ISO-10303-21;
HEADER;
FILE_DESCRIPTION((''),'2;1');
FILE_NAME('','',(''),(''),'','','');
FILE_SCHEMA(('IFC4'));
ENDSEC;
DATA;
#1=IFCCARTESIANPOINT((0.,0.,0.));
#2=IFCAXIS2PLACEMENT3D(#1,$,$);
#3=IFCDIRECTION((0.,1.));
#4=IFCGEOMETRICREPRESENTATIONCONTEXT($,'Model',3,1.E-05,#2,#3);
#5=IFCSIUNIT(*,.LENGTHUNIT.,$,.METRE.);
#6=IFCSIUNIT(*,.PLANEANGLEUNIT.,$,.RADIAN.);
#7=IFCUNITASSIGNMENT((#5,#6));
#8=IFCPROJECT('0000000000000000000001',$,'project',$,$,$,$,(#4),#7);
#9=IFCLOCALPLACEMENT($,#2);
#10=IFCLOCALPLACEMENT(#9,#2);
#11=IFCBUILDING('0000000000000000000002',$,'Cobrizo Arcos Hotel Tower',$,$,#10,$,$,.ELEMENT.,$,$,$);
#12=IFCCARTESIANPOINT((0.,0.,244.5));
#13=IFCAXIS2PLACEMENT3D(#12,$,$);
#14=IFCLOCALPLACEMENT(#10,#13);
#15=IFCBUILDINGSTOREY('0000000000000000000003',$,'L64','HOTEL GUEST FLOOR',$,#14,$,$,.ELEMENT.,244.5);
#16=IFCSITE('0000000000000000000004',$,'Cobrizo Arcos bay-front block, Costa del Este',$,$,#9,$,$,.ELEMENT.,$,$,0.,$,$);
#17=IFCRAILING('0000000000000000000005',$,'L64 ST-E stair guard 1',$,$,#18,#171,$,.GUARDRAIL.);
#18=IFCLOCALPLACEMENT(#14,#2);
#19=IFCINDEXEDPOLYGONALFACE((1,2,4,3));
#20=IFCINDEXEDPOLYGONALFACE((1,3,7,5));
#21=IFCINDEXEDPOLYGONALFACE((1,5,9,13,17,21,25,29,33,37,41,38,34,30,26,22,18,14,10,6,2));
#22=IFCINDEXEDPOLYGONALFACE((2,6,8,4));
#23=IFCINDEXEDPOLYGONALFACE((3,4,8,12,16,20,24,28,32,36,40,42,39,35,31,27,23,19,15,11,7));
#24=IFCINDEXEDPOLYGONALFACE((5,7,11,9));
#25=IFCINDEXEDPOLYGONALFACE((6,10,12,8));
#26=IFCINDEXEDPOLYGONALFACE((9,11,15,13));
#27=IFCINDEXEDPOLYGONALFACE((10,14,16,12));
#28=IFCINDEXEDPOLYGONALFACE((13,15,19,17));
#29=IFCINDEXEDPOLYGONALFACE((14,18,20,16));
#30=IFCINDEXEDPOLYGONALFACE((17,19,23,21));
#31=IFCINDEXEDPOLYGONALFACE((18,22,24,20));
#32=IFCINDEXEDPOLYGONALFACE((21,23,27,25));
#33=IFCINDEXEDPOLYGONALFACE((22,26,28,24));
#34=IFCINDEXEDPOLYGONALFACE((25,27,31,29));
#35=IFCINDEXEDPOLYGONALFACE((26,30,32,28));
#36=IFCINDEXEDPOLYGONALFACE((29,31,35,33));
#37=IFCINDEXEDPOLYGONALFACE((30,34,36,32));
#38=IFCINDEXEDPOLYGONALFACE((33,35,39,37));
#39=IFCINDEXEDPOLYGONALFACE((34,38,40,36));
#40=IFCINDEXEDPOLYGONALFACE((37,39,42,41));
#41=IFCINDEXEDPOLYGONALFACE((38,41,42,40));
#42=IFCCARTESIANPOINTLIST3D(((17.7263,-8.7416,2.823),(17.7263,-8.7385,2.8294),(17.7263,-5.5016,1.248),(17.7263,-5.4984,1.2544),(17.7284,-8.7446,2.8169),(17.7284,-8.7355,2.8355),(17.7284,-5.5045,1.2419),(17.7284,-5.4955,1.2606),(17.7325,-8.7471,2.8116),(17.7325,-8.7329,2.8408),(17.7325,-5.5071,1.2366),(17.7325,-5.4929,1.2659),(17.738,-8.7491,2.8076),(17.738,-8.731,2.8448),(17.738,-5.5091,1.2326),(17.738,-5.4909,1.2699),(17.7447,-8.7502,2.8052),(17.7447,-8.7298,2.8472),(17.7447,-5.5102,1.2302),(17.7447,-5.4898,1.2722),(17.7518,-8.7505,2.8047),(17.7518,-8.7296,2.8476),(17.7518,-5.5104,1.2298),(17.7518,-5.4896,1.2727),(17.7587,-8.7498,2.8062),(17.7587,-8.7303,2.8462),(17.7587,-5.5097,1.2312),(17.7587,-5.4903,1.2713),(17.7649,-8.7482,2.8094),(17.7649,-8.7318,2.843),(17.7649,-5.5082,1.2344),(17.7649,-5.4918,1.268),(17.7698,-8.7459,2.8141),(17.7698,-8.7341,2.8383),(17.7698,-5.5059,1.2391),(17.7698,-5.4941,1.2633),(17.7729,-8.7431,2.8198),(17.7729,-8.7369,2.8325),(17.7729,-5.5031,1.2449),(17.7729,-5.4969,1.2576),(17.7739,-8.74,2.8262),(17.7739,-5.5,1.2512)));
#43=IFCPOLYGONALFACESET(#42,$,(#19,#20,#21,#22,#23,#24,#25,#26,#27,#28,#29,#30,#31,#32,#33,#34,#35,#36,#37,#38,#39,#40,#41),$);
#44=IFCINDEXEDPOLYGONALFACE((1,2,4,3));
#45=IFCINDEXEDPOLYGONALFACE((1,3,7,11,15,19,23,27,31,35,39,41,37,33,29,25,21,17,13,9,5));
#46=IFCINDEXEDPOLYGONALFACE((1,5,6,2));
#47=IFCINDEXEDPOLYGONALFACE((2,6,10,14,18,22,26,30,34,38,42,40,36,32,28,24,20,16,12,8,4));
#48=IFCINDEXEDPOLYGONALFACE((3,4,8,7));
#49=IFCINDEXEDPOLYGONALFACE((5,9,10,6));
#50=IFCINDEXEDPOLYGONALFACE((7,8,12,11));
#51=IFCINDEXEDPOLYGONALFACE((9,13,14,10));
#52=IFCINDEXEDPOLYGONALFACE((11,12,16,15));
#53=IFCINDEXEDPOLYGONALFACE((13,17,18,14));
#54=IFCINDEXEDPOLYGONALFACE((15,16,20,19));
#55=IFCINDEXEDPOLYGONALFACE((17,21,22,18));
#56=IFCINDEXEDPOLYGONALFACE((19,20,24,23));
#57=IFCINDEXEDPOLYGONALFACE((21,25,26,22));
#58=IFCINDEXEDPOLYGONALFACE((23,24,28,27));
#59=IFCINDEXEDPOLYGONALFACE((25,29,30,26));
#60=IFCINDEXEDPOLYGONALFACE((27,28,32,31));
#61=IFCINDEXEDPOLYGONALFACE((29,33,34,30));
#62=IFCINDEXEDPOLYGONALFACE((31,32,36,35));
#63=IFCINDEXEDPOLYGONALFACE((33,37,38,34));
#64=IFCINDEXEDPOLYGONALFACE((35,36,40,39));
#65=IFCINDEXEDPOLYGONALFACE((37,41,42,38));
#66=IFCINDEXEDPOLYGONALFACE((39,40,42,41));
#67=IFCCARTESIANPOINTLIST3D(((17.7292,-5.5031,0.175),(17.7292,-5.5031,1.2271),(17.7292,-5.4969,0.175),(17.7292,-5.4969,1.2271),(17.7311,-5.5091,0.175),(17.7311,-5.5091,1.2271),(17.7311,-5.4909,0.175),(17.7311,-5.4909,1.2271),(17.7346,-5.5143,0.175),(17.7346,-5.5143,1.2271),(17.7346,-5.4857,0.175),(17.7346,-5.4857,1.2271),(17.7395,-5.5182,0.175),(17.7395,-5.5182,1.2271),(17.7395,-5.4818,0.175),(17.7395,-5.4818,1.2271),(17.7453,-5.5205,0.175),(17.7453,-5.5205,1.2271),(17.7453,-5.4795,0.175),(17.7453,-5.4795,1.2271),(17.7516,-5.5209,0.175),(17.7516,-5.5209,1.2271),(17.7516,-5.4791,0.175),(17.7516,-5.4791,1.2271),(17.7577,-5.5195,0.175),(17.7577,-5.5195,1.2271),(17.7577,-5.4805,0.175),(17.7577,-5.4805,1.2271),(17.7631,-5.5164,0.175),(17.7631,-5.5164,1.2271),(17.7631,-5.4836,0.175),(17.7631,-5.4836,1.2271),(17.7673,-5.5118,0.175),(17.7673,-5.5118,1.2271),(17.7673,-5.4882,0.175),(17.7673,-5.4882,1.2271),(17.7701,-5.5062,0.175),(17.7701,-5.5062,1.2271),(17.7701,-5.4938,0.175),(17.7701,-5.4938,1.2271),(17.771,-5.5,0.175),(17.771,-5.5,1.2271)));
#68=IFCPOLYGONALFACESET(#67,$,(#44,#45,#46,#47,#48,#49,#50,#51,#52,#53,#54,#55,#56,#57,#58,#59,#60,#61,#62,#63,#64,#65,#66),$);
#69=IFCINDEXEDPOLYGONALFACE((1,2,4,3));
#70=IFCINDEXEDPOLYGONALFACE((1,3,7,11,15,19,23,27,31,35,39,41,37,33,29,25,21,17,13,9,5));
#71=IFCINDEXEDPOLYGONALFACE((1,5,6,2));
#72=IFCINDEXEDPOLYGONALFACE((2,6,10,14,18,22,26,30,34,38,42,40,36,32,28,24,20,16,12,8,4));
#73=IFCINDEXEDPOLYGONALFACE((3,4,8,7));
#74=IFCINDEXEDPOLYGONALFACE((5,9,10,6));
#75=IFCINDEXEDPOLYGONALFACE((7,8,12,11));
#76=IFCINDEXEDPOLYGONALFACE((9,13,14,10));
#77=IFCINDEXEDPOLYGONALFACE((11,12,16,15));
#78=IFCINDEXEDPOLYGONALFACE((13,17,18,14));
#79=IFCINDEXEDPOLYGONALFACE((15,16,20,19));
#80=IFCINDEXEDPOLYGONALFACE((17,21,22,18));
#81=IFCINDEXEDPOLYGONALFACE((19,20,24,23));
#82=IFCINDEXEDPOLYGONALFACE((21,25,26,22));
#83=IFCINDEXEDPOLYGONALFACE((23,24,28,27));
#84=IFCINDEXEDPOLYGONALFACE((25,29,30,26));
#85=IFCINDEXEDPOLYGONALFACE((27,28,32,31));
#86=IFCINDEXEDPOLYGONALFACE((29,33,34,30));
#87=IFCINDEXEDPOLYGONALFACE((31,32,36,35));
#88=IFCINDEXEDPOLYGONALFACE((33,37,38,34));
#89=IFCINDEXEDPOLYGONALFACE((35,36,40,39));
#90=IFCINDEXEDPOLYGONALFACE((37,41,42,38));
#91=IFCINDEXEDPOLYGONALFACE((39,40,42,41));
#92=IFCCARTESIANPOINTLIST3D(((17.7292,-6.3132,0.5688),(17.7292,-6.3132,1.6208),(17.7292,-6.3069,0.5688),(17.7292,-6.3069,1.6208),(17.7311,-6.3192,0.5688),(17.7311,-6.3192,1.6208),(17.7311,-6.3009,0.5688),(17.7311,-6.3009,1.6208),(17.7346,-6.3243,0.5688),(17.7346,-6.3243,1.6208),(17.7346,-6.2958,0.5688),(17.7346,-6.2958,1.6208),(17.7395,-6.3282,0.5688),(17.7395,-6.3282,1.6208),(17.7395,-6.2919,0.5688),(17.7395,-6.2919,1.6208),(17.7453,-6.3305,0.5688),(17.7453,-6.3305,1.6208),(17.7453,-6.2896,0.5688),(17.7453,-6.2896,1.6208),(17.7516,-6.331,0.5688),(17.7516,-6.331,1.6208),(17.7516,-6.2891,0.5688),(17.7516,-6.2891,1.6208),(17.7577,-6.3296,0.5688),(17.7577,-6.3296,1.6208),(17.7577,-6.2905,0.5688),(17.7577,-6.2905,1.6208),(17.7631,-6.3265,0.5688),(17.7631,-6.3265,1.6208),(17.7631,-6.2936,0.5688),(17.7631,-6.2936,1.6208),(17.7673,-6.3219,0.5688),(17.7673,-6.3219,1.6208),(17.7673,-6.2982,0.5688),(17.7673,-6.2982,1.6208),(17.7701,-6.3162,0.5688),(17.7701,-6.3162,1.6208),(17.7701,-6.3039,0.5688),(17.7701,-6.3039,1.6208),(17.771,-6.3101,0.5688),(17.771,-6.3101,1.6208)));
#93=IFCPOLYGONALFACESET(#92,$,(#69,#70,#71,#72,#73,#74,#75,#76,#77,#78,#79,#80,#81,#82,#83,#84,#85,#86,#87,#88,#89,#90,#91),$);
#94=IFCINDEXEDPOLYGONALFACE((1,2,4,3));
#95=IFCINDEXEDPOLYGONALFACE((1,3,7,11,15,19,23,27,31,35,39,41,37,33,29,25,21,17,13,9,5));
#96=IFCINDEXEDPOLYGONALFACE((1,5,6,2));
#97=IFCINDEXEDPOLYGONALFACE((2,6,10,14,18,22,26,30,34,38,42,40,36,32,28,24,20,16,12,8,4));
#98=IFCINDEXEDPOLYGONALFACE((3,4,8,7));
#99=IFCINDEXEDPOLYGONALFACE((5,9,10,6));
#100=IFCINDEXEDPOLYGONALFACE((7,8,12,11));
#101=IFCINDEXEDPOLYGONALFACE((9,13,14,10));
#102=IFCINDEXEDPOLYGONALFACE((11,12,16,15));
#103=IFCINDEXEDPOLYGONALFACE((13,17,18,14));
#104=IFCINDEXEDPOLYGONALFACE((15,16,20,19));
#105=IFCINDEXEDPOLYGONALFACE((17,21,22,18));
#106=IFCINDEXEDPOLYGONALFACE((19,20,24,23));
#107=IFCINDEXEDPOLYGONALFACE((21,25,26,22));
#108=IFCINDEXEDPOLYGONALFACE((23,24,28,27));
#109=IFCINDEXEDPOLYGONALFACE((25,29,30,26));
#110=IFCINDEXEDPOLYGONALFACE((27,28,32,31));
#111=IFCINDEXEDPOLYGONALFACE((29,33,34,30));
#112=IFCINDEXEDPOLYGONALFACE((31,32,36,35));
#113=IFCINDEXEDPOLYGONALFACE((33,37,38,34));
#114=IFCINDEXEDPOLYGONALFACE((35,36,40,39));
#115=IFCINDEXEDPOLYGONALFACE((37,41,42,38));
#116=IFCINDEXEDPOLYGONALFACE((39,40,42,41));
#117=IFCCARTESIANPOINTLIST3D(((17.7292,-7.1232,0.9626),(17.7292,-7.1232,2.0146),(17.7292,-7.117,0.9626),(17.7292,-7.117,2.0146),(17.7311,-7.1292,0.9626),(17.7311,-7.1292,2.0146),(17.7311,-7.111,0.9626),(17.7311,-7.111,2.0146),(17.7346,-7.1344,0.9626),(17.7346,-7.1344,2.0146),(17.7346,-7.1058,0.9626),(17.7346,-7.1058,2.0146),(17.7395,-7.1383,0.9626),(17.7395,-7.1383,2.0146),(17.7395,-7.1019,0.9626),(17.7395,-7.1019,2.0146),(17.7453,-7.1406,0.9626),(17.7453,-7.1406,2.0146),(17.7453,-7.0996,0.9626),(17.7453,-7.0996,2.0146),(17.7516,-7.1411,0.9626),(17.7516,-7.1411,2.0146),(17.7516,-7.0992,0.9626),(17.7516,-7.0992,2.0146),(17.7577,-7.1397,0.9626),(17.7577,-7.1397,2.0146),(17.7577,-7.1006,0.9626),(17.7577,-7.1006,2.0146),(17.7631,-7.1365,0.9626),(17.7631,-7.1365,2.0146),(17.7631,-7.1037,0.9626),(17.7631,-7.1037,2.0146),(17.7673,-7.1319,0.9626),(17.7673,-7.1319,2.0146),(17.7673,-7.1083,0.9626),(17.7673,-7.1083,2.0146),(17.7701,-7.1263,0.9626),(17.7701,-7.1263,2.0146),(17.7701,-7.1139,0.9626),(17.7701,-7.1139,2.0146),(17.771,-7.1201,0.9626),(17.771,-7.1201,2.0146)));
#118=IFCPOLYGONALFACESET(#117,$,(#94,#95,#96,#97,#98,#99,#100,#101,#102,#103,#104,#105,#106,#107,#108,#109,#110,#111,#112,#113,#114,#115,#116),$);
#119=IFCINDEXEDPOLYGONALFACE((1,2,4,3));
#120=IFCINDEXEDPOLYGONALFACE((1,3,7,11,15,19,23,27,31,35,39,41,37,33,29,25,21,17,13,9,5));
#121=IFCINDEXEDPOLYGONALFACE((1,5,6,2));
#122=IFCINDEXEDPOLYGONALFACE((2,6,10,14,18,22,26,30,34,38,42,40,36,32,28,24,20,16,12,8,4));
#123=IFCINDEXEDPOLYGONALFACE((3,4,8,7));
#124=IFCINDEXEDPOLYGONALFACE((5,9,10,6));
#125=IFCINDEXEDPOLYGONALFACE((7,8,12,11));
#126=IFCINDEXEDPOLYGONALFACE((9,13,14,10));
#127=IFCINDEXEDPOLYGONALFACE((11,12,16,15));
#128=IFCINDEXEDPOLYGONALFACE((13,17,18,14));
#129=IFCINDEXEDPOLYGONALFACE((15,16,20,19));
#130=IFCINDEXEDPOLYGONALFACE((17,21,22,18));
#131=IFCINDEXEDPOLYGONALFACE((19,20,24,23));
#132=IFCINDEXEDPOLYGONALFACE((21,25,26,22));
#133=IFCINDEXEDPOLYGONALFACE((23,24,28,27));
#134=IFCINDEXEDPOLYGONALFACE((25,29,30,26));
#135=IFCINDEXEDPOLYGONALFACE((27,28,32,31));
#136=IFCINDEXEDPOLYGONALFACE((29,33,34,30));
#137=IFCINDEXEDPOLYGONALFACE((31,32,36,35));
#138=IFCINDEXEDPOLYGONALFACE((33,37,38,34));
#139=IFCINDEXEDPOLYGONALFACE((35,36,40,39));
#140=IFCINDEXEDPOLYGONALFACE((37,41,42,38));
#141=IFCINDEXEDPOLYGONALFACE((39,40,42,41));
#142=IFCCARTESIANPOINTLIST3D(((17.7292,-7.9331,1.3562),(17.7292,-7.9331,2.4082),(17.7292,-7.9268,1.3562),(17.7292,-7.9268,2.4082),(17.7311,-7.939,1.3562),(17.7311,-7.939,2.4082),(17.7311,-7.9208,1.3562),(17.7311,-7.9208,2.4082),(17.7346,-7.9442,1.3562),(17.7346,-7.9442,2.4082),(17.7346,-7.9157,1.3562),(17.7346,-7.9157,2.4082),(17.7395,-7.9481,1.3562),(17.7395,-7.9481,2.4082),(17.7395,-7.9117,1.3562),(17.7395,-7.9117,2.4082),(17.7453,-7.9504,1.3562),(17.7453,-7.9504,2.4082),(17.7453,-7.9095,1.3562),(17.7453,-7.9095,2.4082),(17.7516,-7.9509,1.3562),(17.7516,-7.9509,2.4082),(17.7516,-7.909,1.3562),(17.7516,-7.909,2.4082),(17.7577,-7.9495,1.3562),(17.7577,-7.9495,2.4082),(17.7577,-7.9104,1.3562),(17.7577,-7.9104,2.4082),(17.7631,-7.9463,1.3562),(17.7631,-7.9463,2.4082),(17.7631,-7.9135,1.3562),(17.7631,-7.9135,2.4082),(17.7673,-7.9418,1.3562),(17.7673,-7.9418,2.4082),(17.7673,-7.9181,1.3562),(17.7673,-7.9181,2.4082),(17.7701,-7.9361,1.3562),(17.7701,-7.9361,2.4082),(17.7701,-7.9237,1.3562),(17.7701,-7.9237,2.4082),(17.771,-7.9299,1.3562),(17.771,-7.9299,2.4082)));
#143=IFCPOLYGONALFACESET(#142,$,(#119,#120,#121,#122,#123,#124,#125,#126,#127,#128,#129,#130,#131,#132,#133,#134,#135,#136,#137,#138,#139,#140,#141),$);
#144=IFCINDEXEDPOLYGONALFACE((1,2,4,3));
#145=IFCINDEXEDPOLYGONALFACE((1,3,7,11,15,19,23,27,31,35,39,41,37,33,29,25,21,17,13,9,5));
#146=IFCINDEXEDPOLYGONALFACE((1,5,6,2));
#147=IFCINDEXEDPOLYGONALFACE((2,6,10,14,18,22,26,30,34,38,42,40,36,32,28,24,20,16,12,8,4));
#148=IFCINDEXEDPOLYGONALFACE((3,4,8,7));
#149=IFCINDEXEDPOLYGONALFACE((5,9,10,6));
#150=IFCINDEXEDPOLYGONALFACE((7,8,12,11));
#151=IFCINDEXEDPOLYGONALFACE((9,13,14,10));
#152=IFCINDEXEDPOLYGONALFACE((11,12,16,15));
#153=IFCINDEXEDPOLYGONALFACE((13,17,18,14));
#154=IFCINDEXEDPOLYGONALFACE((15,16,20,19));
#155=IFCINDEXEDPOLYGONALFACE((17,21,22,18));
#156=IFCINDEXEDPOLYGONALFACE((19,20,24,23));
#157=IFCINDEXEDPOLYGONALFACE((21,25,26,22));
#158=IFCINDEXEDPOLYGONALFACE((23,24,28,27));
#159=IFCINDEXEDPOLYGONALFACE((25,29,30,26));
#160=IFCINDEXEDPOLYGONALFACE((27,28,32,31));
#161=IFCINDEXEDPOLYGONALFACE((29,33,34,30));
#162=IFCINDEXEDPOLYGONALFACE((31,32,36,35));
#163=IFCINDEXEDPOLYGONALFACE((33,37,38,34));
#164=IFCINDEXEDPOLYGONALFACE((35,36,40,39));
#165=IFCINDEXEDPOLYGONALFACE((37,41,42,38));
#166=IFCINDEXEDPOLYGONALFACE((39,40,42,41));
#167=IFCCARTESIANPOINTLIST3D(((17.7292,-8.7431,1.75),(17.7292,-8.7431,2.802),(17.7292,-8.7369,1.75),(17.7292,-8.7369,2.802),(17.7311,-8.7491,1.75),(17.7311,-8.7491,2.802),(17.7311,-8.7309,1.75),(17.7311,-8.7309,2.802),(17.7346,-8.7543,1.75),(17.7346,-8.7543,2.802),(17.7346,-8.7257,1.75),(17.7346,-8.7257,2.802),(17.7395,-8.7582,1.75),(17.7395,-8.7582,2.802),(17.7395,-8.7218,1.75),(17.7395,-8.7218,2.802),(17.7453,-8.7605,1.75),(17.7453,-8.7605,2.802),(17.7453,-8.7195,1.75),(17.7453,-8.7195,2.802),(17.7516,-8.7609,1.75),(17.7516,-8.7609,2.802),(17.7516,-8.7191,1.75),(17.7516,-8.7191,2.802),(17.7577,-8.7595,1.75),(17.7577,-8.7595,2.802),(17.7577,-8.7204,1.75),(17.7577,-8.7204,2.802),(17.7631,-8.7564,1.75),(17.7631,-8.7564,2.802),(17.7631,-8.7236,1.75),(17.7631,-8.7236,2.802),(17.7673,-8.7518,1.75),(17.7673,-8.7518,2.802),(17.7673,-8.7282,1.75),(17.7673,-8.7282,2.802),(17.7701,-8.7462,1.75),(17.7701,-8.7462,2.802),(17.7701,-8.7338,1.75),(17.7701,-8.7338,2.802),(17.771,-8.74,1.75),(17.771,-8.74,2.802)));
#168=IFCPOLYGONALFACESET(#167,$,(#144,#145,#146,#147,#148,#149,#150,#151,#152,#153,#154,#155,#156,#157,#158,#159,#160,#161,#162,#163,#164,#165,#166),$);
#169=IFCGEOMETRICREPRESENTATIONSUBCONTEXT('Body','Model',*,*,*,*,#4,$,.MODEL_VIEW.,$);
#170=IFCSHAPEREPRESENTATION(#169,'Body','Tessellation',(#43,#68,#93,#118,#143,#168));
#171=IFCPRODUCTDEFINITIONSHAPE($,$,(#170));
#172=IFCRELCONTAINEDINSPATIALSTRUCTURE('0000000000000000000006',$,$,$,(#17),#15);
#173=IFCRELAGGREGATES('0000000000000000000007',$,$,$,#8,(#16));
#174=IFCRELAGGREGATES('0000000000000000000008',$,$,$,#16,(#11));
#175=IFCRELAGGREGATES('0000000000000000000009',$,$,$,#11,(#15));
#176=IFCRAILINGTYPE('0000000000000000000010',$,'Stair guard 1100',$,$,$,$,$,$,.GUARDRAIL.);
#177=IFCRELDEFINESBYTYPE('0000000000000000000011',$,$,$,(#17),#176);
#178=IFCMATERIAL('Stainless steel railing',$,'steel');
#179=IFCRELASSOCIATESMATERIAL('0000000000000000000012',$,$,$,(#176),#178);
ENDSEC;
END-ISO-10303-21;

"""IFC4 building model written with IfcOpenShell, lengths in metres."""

from ifc_helpers import new_model, si_unit, direction, frame, origin, origin_2d, place, context, subcontext, project, spatial, circle, extrude, material, type_object, element, save


model = new_model("IFC4")

# Units and contexts
model_context = context("Model", 3, precision=1e-05, world=origin(), true_north=direction((0.0, 1.0)))
body_context = subcontext(model_context, "Body", "Model", "MODEL_VIEW")
ifc_project = project(units=[si_unit("LENGTHUNIT", "METRE"), si_unit("PLANEANGLEUNIT", "RADIAN")], contexts=[model_context])

# Site, building, storey
site_placement = place(None, origin())
site = spatial("IfcSite", under=ifc_project, at=site_placement, Name="Cobrizo Arcos bay-front block, Costa del Este", CompositionType="ELEMENT", RefElevation=0.0)
building_placement = place(site_placement, origin())
building = spatial("IfcBuilding", under=site, at=building_placement, Name="Cobrizo Arcos Hotel Tower", CompositionType="ELEMENT")
storey_placement = place(building_placement, frame((0.0, 0.0, 244.5)))
storey = spatial("IfcBuildingStorey", under=building, at=storey_placement, Name="L64", Description="HOTEL GUEST FLOOR", CompositionType="ELEMENT", Elevation=244.5)

# Railing
ifc_material_1 = material(Name="Stainless steel railing", Category="steel")
railing_type_1 = type_object("IfcRailingType", Name="Stair guard 1100", PredefinedType="GUARDRAIL", material=ifc_material_1)
railing_1_placement = place(storey_placement, frame((17.75, -5.5, 0.175)))
element("IfcRailing", 1, at=railing_1_placement, inside=storey, type_object=railing_type_1, Name="L64 ST-E stair guard 1", PredefinedType="GUARDRAIL", context=body_context, shape_type="SweptSolid", body=[
    extrude(circle(Radius=0.0239, at=origin_2d()), frame((0.0, 0.0, 1.0762), z_axis=(0.0, -0.899373, 0.437183), x_axis=(1.0, 0.0, 0.0)), (0.0, 0.0, 1.0), 3.6025),
    extrude(circle(Radius=0.021, at=origin_2d()), origin(), (0.0, 0.0, 1.0), 1.052),
    extrude(circle(Radius=0.021, at=origin_2d()), frame((0.0, -0.8101, 0.3938)), (0.0, 0.0, 1.0), 1.052),
    extrude(circle(Radius=0.021, at=origin_2d()), frame((0.0, -1.6201, 0.7876)), (0.0, 0.0, 1.0), 1.052),
    extrude(circle(Radius=0.021, at=origin_2d()), frame((0.0, -2.4299, 1.1812)), (0.0, 0.0, 1.0), 1.052),
    extrude(circle(Radius=0.021, at=origin_2d()), frame((0.0, -3.24, 1.575)), (0.0, 0.0, 1.0), 1.052),
])

save(model, "model.ifc")
